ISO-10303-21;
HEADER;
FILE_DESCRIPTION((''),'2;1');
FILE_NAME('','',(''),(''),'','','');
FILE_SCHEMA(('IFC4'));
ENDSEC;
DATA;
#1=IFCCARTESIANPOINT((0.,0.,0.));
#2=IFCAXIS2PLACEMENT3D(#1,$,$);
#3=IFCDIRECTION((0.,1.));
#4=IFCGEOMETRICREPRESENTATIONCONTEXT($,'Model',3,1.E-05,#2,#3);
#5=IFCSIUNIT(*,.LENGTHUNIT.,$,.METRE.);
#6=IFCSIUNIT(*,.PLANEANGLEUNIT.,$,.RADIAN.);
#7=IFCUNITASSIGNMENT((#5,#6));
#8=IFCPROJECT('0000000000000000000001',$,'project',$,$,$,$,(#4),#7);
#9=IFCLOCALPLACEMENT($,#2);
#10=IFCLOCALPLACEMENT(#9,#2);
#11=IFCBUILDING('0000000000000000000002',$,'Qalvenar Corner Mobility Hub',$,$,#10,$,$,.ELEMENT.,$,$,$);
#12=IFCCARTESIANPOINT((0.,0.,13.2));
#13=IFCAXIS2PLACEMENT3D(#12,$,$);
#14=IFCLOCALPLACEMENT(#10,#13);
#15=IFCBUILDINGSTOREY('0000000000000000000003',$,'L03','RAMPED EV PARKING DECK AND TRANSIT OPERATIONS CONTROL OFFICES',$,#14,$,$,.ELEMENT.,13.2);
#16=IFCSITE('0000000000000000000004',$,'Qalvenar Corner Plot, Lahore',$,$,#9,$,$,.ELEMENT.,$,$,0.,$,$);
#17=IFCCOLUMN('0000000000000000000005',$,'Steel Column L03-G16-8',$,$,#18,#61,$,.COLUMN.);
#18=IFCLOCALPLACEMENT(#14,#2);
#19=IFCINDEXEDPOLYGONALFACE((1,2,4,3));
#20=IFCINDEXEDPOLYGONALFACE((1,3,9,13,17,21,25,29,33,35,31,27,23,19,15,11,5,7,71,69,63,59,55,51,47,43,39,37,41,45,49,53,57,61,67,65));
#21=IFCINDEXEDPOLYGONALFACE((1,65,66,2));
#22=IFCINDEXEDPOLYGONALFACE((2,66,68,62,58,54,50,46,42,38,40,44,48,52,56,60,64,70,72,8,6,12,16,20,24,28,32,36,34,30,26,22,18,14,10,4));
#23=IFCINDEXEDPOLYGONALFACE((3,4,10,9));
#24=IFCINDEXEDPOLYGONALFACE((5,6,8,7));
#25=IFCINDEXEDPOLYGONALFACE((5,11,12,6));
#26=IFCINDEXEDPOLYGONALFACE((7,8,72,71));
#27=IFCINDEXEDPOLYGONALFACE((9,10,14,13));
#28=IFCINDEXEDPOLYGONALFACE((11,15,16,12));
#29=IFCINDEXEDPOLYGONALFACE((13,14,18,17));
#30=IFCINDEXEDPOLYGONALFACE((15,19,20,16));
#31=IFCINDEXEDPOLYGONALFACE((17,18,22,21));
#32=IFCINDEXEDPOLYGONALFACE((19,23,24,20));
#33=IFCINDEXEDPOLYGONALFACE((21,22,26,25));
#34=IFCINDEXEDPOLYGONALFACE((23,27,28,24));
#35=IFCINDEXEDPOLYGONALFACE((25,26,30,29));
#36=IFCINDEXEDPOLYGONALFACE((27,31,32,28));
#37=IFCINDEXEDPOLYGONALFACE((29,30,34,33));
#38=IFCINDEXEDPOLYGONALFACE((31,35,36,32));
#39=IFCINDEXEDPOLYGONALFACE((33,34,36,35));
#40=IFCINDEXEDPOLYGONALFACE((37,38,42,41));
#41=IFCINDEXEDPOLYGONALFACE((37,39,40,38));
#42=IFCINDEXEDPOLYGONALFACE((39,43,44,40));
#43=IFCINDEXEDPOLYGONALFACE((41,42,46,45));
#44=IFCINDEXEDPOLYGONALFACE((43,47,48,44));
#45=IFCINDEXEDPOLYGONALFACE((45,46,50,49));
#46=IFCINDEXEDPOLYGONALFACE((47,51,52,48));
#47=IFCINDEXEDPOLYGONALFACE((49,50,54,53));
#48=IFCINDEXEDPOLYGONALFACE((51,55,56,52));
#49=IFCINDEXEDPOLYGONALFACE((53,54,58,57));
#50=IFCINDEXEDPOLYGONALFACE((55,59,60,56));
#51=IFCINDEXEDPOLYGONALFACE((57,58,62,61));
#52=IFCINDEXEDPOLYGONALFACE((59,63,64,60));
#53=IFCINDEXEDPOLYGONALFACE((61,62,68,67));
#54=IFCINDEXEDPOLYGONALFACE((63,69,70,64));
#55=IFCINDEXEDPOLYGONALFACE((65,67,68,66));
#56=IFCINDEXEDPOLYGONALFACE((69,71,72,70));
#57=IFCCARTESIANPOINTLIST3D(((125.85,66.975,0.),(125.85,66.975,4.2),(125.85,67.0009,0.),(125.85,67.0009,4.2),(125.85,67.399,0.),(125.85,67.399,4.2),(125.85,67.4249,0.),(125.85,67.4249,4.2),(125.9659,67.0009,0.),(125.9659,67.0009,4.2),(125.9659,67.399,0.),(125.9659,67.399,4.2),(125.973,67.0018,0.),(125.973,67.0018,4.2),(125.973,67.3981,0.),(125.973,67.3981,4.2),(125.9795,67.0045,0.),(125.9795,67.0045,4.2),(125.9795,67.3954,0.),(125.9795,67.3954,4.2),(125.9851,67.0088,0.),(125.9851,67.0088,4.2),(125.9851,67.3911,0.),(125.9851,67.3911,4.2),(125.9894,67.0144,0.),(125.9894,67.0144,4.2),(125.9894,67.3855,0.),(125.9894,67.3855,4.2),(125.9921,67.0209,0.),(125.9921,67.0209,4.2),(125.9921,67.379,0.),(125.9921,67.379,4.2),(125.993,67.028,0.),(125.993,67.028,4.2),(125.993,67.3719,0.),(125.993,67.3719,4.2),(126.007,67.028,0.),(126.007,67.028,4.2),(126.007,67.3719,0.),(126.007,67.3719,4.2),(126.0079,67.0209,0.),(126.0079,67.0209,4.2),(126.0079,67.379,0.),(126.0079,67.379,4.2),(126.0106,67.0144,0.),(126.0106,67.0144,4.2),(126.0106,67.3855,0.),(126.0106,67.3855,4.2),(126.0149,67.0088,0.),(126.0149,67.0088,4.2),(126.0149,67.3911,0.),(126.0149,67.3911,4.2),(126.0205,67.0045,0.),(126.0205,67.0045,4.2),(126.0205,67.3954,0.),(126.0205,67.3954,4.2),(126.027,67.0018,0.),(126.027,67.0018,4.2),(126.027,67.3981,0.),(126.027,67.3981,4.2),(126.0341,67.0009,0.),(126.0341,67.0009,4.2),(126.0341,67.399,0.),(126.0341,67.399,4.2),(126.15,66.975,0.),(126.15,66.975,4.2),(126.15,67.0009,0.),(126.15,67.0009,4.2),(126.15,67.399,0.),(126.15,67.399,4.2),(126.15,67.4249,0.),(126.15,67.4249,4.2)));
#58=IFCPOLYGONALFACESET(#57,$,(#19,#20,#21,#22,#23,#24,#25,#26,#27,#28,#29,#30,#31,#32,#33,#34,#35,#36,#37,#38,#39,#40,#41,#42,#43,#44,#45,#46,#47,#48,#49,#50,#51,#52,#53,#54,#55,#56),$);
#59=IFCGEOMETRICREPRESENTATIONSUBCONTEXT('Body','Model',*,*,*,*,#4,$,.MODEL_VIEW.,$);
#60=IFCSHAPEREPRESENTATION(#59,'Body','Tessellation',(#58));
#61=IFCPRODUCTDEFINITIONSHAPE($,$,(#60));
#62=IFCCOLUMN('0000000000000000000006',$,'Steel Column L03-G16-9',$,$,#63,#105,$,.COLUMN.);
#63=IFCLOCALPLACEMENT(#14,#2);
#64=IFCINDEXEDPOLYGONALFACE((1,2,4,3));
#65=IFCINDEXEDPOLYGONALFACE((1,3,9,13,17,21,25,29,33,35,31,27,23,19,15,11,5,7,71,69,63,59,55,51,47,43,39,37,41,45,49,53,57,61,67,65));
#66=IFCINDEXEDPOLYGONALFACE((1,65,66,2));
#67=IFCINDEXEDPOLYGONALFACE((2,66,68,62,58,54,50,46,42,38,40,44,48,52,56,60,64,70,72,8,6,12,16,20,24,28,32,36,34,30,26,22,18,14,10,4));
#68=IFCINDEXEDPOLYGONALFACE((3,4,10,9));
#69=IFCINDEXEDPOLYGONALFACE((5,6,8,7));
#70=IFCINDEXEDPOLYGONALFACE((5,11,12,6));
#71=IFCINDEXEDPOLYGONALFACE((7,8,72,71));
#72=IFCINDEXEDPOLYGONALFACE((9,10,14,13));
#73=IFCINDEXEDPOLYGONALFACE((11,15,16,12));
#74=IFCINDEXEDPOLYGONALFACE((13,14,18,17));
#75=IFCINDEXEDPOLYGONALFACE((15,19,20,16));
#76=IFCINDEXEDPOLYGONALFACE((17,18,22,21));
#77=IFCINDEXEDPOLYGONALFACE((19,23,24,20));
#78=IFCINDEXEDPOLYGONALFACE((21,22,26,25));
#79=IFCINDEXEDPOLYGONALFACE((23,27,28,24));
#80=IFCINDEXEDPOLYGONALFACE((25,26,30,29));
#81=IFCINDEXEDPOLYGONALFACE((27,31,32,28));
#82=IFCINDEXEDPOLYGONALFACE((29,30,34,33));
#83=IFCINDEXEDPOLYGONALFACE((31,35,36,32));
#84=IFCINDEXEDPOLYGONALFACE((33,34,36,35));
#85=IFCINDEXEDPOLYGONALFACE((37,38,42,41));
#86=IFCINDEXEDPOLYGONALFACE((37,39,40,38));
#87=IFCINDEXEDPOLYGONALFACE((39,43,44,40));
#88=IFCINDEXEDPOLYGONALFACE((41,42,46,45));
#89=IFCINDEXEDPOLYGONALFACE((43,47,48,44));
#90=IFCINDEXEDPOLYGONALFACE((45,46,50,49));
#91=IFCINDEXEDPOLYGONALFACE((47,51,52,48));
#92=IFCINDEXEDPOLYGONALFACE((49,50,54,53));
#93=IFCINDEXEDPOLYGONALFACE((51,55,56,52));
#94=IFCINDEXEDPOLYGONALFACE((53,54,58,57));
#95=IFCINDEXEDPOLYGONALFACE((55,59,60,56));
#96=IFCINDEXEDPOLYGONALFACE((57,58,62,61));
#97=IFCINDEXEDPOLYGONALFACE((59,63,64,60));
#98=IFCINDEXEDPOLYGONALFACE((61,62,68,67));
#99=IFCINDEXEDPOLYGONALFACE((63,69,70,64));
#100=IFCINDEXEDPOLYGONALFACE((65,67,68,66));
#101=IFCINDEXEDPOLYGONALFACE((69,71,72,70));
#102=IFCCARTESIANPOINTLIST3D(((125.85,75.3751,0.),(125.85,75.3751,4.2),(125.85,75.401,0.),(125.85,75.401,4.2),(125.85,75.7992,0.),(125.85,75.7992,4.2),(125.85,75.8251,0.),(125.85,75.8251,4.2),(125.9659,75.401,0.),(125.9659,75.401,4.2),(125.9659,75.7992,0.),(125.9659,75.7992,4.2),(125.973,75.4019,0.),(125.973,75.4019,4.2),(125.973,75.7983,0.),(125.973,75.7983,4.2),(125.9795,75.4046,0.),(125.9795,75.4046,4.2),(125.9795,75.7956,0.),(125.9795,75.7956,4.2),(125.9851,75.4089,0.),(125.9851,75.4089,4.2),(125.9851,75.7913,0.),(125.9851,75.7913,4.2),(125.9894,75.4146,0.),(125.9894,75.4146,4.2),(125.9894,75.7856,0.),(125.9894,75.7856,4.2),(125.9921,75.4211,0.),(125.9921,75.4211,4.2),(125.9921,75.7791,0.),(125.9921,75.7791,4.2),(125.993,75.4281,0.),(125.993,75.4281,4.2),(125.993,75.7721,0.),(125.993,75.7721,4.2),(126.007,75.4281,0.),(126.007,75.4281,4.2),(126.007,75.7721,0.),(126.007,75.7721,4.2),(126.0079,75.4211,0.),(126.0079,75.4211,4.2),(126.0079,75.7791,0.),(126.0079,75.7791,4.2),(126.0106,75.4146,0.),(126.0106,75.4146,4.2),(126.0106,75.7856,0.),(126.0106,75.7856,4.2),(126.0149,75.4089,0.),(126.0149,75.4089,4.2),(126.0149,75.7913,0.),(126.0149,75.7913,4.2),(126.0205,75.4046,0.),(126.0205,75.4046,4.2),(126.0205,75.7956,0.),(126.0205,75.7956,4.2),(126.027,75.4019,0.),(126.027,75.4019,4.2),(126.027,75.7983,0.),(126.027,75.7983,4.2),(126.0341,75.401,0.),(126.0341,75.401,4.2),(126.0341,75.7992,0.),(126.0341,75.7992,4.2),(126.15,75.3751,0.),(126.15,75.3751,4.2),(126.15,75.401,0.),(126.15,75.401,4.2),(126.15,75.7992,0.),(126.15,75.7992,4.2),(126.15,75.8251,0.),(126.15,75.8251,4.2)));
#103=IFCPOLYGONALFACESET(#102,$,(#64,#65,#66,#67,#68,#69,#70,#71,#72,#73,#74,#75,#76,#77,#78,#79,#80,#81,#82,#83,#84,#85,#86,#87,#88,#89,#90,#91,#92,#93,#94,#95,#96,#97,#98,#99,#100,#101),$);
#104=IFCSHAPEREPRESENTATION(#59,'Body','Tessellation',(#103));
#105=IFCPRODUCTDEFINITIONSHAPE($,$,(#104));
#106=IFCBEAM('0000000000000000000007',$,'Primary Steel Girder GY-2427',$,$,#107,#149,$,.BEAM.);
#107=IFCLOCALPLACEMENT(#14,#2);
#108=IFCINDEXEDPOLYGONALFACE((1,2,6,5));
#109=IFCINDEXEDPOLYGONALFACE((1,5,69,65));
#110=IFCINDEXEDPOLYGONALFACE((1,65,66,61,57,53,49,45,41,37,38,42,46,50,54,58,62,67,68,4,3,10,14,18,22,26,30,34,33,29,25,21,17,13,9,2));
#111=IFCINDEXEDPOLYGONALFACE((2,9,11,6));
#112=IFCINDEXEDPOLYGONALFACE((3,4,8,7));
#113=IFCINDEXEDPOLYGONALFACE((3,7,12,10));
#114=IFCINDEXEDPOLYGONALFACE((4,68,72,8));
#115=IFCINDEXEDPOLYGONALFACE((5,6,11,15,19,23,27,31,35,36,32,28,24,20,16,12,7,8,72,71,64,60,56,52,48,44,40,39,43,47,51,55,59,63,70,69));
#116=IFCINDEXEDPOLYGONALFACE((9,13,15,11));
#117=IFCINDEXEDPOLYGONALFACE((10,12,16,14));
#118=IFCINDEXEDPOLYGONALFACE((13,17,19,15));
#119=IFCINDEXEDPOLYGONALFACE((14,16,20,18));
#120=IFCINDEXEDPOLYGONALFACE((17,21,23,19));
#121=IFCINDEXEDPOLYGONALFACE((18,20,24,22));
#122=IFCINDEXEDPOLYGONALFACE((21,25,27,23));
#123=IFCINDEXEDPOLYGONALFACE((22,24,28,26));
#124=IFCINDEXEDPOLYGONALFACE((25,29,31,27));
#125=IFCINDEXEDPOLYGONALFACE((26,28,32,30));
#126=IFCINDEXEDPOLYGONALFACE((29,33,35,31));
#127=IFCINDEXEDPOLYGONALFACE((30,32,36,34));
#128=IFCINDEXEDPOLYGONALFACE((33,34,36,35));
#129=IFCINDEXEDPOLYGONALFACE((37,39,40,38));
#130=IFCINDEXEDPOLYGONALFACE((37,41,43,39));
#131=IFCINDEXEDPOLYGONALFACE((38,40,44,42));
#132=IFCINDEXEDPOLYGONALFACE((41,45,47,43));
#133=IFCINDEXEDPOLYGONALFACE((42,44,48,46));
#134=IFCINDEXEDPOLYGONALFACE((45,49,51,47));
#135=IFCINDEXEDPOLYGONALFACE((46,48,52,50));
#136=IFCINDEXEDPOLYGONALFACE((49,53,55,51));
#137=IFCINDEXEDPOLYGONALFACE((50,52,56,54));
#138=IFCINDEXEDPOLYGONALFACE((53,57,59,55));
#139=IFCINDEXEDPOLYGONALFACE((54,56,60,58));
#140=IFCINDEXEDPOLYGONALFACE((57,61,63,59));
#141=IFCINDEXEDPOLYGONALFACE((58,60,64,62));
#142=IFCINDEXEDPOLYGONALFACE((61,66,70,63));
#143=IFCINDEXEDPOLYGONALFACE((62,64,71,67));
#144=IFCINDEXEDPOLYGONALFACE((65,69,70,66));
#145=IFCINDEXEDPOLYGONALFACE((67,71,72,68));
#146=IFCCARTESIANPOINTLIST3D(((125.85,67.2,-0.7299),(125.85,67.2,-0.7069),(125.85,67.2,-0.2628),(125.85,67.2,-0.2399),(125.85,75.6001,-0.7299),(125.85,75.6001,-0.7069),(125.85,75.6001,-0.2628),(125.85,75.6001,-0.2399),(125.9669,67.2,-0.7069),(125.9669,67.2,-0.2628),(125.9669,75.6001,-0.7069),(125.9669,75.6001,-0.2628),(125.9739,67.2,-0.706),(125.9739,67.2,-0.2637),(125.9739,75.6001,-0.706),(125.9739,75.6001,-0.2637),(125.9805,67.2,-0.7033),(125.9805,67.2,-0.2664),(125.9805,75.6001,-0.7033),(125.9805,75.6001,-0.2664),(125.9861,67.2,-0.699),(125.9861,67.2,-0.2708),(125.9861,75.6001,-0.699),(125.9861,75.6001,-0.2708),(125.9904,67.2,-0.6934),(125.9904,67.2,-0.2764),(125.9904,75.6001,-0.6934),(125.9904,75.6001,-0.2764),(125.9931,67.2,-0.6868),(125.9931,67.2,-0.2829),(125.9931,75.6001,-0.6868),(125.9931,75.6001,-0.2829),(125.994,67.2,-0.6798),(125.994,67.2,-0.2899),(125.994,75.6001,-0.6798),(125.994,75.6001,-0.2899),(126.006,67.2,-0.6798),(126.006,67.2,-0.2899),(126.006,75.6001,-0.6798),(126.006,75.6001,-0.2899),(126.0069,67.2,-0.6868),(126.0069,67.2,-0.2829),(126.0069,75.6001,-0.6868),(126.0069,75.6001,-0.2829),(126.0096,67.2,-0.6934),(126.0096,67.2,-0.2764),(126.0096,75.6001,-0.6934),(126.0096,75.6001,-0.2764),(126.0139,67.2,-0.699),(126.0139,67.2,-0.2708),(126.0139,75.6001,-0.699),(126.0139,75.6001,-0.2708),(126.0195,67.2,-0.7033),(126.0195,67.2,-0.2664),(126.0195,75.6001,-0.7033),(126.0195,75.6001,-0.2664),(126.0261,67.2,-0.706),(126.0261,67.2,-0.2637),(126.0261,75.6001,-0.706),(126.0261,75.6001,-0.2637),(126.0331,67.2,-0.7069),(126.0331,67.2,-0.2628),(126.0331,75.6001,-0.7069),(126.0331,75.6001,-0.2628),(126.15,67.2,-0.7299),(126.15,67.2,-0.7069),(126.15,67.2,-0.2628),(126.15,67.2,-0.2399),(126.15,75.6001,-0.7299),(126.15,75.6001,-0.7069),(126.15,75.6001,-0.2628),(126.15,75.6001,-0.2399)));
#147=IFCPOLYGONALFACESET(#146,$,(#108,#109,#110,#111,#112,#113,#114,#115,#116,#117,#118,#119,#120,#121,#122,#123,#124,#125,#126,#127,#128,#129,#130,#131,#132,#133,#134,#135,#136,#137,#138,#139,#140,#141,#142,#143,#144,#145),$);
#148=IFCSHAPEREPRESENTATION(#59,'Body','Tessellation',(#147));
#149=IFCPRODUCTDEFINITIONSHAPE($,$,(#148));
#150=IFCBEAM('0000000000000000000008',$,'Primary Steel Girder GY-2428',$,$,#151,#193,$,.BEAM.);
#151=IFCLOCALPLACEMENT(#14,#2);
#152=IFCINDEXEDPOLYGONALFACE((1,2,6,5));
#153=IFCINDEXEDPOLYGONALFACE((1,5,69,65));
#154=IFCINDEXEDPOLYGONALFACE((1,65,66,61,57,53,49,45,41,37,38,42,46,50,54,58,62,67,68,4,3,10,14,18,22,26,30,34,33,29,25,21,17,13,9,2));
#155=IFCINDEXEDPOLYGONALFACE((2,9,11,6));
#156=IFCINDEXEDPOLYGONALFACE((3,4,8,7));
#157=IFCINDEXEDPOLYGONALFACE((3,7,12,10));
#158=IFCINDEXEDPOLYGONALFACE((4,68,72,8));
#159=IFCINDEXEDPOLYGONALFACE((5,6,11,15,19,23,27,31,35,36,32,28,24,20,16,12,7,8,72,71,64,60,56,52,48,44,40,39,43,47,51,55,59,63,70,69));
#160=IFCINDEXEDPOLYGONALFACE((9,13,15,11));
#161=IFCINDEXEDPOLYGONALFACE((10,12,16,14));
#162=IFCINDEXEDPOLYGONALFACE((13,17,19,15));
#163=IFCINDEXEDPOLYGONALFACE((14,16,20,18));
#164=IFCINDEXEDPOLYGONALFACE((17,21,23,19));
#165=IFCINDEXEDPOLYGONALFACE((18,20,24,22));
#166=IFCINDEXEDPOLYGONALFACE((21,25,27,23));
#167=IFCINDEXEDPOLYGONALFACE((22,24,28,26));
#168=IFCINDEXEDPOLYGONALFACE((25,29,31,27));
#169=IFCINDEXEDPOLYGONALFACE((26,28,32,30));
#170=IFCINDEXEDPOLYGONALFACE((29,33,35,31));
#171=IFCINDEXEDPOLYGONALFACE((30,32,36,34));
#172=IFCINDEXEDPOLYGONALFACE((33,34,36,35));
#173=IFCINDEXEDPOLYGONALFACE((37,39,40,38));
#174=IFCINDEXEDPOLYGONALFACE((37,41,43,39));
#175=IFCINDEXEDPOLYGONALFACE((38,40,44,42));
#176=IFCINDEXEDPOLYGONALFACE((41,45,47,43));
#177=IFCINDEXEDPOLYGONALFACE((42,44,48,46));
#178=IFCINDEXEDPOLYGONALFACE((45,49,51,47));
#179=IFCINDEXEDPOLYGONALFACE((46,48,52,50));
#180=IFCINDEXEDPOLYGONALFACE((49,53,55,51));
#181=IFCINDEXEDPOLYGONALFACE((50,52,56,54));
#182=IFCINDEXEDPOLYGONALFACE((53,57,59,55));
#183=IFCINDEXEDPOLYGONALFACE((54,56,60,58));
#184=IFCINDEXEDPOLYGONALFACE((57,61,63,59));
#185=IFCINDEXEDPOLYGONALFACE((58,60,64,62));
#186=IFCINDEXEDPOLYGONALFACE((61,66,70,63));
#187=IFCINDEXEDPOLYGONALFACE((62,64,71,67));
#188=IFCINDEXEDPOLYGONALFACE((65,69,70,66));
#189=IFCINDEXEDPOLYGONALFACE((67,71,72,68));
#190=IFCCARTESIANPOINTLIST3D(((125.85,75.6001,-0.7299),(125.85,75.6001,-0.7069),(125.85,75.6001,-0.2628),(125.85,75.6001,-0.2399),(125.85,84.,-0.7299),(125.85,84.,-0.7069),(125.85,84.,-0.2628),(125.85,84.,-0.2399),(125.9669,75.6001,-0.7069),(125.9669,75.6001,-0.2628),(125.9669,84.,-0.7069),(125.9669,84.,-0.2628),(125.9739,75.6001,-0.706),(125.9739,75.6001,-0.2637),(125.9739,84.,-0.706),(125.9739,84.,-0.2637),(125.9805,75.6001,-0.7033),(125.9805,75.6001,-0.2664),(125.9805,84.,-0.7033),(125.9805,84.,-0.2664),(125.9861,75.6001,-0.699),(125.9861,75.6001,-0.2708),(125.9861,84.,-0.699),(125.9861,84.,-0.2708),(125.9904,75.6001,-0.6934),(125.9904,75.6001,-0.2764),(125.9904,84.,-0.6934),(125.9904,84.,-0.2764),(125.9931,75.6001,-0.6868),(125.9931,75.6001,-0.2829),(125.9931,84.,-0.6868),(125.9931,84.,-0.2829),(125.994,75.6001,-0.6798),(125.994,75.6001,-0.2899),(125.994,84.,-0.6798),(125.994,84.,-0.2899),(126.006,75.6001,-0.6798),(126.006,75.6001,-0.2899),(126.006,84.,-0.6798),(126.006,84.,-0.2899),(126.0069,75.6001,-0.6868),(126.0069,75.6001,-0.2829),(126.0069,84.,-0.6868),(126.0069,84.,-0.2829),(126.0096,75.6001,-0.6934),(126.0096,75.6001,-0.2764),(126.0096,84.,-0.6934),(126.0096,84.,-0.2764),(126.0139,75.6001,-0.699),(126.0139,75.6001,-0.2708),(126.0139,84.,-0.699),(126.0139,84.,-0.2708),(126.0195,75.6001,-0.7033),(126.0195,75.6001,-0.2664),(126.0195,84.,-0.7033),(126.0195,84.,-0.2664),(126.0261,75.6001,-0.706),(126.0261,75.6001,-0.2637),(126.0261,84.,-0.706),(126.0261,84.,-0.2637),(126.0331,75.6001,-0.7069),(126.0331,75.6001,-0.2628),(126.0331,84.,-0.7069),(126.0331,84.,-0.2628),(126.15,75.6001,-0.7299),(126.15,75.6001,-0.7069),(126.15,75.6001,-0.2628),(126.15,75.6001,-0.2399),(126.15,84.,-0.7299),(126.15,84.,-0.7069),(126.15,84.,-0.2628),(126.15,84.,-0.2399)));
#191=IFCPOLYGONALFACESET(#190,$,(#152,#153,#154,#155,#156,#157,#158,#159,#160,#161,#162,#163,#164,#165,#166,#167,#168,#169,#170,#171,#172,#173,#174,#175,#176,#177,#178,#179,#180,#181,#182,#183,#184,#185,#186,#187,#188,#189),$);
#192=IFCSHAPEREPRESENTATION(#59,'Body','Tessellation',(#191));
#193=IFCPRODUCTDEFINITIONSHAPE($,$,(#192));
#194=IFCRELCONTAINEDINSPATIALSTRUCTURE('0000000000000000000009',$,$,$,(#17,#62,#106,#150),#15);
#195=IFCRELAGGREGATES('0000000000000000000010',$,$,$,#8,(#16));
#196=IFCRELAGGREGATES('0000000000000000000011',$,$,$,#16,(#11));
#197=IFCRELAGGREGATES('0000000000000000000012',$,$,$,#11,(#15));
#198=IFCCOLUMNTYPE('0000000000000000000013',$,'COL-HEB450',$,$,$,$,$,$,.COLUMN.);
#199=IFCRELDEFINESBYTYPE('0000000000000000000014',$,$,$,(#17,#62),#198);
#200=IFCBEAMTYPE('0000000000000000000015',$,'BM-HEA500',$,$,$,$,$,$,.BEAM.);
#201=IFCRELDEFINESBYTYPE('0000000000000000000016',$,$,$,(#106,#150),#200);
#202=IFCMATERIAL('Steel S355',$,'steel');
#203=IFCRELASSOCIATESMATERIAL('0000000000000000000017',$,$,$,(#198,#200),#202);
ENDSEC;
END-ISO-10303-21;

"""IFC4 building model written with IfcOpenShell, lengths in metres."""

from ifc_helpers import new_model, si_unit, direction, frame, origin, origin_2d, place, context, subcontext, project, spatial, i_section, extrude, material, material_profile, profile_set, type_object, element, save


model = new_model("IFC4")

# Units and contexts
model_context = context("Model", 3, precision=1e-05, world=origin(), true_north=direction((0.0, 1.0)))
body_context = subcontext(model_context, "Body", "Model", "MODEL_VIEW")
ifc_project = project(units=[si_unit("LENGTHUNIT", "METRE"), si_unit("PLANEANGLEUNIT", "RADIAN")], contexts=[model_context])

# Site, building, storey
site_placement = place(None, origin())
site = spatial("IfcSite", under=ifc_project, at=site_placement, Name="Qalvenar Corner Plot, Lahore", CompositionType="ELEMENT", RefElevation=0.0)
building_placement = place(site_placement, origin())
building = spatial("IfcBuilding", under=site, at=building_placement, Name="Qalvenar Corner Mobility Hub", CompositionType="ELEMENT")
storey_placement = place(building_placement, frame((0.0, 0.0, 13.2)))
storey = spatial("IfcBuildingStorey", under=building, at=storey_placement, Name="L03", Description="RAMPED EV PARKING DECK AND TRANSIT OPERATIONS CONTROL OFFICES", CompositionType="ELEMENT", Elevation=13.2)

# Columns
ifc_material = material(Name="Steel S355", Category="steel")
ifc_material_profile_1 = material_profile(ifc_material, i_section(OverallWidth=0.3, OverallDepth=0.45, WebThickness=0.0139, FlangeThickness=0.0259, FilletRadius=0.0271, at=origin_2d()), Name="HEB450")
ifc_profile_set_1 = profile_set([ifc_material_profile_1], Name="Steel S355")
column_type = type_object("IfcColumnType", Name="COL-HEB450", PredefinedType="COLUMN", material=ifc_profile_set_1)
for number, where, z_axis, x_axis, name in (
    (1, (126.0, 67.2, 0.0), (0.0, 0.0, 1.0), (1.0, 0.0, 0.0), "Steel Column L03-G16-8"),
    (2, (126.0, 75.6001, 0.0), (0.0, 0.0, 1.0), (1.0, 0.0, 0.0), "Steel Column L03-G16-9"),
):
    element("IfcColumn", number, at=place(storey_placement, frame(where, z_axis=z_axis, x_axis=x_axis)), inside=storey, type_object=column_type, Name=name, PredefinedType="COLUMN", context=body_context, shape_type="SweptSolid", body=[
        extrude(i_section(OverallWidth=0.3, OverallDepth=0.45, WebThickness=0.0139, FlangeThickness=0.0259, FilletRadius=0.0271, at=origin_2d()), origin(), (0.0, 0.0, 1.0), 4.2),
    ])

# Beams
ifc_material_profile_2 = material_profile(ifc_material, i_section(OverallWidth=0.3, OverallDepth=0.49, WebThickness=0.012, FlangeThickness=0.0229, FilletRadius=0.0271, at=origin_2d()), Name="HEA500")
ifc_profile_set_2 = profile_set([ifc_material_profile_2], Name="Steel S355")
beam_type_1 = type_object("IfcBeamType", Name="BM-HEA500", PredefinedType="BEAM", material=ifc_profile_set_2)
beam_1_placement = place(storey_placement, frame((126.0, 67.2, -0.4849), z_axis=(0.0, 1.0, 0.0), x_axis=(-1.0, 0.0, 0.0)))
element("IfcBeam", 3, at=beam_1_placement, inside=storey, type_object=beam_type_1, Name="Primary Steel Girder GY-2427", PredefinedType="BEAM", context=body_context, shape_type="SweptSolid", body=[
    extrude(i_section(OverallWidth=0.3, OverallDepth=0.49, WebThickness=0.012, FlangeThickness=0.0229, FilletRadius=0.0271, at=origin_2d()), origin(), (0.0, 0.0, 1.0), 8.4001),
])
beam_2_placement = place(storey_placement, frame((126.0, 75.6001, -0.4849), z_axis=(0.0, 1.0, 0.0), x_axis=(-1.0, 0.0, 0.0)))
element("IfcBeam", 4, at=beam_2_placement, inside=storey, type_object=beam_type_1, Name="Primary Steel Girder GY-2428", PredefinedType="BEAM", context=body_context, shape_type="SweptSolid", body=[
    extrude(i_section(OverallWidth=0.3, OverallDepth=0.49, WebThickness=0.012, FlangeThickness=0.0229, FilletRadius=0.0271, at=origin_2d()), origin(), (0.0, 0.0, 1.0), 8.3999),
])

save(model, "model.ifc")
